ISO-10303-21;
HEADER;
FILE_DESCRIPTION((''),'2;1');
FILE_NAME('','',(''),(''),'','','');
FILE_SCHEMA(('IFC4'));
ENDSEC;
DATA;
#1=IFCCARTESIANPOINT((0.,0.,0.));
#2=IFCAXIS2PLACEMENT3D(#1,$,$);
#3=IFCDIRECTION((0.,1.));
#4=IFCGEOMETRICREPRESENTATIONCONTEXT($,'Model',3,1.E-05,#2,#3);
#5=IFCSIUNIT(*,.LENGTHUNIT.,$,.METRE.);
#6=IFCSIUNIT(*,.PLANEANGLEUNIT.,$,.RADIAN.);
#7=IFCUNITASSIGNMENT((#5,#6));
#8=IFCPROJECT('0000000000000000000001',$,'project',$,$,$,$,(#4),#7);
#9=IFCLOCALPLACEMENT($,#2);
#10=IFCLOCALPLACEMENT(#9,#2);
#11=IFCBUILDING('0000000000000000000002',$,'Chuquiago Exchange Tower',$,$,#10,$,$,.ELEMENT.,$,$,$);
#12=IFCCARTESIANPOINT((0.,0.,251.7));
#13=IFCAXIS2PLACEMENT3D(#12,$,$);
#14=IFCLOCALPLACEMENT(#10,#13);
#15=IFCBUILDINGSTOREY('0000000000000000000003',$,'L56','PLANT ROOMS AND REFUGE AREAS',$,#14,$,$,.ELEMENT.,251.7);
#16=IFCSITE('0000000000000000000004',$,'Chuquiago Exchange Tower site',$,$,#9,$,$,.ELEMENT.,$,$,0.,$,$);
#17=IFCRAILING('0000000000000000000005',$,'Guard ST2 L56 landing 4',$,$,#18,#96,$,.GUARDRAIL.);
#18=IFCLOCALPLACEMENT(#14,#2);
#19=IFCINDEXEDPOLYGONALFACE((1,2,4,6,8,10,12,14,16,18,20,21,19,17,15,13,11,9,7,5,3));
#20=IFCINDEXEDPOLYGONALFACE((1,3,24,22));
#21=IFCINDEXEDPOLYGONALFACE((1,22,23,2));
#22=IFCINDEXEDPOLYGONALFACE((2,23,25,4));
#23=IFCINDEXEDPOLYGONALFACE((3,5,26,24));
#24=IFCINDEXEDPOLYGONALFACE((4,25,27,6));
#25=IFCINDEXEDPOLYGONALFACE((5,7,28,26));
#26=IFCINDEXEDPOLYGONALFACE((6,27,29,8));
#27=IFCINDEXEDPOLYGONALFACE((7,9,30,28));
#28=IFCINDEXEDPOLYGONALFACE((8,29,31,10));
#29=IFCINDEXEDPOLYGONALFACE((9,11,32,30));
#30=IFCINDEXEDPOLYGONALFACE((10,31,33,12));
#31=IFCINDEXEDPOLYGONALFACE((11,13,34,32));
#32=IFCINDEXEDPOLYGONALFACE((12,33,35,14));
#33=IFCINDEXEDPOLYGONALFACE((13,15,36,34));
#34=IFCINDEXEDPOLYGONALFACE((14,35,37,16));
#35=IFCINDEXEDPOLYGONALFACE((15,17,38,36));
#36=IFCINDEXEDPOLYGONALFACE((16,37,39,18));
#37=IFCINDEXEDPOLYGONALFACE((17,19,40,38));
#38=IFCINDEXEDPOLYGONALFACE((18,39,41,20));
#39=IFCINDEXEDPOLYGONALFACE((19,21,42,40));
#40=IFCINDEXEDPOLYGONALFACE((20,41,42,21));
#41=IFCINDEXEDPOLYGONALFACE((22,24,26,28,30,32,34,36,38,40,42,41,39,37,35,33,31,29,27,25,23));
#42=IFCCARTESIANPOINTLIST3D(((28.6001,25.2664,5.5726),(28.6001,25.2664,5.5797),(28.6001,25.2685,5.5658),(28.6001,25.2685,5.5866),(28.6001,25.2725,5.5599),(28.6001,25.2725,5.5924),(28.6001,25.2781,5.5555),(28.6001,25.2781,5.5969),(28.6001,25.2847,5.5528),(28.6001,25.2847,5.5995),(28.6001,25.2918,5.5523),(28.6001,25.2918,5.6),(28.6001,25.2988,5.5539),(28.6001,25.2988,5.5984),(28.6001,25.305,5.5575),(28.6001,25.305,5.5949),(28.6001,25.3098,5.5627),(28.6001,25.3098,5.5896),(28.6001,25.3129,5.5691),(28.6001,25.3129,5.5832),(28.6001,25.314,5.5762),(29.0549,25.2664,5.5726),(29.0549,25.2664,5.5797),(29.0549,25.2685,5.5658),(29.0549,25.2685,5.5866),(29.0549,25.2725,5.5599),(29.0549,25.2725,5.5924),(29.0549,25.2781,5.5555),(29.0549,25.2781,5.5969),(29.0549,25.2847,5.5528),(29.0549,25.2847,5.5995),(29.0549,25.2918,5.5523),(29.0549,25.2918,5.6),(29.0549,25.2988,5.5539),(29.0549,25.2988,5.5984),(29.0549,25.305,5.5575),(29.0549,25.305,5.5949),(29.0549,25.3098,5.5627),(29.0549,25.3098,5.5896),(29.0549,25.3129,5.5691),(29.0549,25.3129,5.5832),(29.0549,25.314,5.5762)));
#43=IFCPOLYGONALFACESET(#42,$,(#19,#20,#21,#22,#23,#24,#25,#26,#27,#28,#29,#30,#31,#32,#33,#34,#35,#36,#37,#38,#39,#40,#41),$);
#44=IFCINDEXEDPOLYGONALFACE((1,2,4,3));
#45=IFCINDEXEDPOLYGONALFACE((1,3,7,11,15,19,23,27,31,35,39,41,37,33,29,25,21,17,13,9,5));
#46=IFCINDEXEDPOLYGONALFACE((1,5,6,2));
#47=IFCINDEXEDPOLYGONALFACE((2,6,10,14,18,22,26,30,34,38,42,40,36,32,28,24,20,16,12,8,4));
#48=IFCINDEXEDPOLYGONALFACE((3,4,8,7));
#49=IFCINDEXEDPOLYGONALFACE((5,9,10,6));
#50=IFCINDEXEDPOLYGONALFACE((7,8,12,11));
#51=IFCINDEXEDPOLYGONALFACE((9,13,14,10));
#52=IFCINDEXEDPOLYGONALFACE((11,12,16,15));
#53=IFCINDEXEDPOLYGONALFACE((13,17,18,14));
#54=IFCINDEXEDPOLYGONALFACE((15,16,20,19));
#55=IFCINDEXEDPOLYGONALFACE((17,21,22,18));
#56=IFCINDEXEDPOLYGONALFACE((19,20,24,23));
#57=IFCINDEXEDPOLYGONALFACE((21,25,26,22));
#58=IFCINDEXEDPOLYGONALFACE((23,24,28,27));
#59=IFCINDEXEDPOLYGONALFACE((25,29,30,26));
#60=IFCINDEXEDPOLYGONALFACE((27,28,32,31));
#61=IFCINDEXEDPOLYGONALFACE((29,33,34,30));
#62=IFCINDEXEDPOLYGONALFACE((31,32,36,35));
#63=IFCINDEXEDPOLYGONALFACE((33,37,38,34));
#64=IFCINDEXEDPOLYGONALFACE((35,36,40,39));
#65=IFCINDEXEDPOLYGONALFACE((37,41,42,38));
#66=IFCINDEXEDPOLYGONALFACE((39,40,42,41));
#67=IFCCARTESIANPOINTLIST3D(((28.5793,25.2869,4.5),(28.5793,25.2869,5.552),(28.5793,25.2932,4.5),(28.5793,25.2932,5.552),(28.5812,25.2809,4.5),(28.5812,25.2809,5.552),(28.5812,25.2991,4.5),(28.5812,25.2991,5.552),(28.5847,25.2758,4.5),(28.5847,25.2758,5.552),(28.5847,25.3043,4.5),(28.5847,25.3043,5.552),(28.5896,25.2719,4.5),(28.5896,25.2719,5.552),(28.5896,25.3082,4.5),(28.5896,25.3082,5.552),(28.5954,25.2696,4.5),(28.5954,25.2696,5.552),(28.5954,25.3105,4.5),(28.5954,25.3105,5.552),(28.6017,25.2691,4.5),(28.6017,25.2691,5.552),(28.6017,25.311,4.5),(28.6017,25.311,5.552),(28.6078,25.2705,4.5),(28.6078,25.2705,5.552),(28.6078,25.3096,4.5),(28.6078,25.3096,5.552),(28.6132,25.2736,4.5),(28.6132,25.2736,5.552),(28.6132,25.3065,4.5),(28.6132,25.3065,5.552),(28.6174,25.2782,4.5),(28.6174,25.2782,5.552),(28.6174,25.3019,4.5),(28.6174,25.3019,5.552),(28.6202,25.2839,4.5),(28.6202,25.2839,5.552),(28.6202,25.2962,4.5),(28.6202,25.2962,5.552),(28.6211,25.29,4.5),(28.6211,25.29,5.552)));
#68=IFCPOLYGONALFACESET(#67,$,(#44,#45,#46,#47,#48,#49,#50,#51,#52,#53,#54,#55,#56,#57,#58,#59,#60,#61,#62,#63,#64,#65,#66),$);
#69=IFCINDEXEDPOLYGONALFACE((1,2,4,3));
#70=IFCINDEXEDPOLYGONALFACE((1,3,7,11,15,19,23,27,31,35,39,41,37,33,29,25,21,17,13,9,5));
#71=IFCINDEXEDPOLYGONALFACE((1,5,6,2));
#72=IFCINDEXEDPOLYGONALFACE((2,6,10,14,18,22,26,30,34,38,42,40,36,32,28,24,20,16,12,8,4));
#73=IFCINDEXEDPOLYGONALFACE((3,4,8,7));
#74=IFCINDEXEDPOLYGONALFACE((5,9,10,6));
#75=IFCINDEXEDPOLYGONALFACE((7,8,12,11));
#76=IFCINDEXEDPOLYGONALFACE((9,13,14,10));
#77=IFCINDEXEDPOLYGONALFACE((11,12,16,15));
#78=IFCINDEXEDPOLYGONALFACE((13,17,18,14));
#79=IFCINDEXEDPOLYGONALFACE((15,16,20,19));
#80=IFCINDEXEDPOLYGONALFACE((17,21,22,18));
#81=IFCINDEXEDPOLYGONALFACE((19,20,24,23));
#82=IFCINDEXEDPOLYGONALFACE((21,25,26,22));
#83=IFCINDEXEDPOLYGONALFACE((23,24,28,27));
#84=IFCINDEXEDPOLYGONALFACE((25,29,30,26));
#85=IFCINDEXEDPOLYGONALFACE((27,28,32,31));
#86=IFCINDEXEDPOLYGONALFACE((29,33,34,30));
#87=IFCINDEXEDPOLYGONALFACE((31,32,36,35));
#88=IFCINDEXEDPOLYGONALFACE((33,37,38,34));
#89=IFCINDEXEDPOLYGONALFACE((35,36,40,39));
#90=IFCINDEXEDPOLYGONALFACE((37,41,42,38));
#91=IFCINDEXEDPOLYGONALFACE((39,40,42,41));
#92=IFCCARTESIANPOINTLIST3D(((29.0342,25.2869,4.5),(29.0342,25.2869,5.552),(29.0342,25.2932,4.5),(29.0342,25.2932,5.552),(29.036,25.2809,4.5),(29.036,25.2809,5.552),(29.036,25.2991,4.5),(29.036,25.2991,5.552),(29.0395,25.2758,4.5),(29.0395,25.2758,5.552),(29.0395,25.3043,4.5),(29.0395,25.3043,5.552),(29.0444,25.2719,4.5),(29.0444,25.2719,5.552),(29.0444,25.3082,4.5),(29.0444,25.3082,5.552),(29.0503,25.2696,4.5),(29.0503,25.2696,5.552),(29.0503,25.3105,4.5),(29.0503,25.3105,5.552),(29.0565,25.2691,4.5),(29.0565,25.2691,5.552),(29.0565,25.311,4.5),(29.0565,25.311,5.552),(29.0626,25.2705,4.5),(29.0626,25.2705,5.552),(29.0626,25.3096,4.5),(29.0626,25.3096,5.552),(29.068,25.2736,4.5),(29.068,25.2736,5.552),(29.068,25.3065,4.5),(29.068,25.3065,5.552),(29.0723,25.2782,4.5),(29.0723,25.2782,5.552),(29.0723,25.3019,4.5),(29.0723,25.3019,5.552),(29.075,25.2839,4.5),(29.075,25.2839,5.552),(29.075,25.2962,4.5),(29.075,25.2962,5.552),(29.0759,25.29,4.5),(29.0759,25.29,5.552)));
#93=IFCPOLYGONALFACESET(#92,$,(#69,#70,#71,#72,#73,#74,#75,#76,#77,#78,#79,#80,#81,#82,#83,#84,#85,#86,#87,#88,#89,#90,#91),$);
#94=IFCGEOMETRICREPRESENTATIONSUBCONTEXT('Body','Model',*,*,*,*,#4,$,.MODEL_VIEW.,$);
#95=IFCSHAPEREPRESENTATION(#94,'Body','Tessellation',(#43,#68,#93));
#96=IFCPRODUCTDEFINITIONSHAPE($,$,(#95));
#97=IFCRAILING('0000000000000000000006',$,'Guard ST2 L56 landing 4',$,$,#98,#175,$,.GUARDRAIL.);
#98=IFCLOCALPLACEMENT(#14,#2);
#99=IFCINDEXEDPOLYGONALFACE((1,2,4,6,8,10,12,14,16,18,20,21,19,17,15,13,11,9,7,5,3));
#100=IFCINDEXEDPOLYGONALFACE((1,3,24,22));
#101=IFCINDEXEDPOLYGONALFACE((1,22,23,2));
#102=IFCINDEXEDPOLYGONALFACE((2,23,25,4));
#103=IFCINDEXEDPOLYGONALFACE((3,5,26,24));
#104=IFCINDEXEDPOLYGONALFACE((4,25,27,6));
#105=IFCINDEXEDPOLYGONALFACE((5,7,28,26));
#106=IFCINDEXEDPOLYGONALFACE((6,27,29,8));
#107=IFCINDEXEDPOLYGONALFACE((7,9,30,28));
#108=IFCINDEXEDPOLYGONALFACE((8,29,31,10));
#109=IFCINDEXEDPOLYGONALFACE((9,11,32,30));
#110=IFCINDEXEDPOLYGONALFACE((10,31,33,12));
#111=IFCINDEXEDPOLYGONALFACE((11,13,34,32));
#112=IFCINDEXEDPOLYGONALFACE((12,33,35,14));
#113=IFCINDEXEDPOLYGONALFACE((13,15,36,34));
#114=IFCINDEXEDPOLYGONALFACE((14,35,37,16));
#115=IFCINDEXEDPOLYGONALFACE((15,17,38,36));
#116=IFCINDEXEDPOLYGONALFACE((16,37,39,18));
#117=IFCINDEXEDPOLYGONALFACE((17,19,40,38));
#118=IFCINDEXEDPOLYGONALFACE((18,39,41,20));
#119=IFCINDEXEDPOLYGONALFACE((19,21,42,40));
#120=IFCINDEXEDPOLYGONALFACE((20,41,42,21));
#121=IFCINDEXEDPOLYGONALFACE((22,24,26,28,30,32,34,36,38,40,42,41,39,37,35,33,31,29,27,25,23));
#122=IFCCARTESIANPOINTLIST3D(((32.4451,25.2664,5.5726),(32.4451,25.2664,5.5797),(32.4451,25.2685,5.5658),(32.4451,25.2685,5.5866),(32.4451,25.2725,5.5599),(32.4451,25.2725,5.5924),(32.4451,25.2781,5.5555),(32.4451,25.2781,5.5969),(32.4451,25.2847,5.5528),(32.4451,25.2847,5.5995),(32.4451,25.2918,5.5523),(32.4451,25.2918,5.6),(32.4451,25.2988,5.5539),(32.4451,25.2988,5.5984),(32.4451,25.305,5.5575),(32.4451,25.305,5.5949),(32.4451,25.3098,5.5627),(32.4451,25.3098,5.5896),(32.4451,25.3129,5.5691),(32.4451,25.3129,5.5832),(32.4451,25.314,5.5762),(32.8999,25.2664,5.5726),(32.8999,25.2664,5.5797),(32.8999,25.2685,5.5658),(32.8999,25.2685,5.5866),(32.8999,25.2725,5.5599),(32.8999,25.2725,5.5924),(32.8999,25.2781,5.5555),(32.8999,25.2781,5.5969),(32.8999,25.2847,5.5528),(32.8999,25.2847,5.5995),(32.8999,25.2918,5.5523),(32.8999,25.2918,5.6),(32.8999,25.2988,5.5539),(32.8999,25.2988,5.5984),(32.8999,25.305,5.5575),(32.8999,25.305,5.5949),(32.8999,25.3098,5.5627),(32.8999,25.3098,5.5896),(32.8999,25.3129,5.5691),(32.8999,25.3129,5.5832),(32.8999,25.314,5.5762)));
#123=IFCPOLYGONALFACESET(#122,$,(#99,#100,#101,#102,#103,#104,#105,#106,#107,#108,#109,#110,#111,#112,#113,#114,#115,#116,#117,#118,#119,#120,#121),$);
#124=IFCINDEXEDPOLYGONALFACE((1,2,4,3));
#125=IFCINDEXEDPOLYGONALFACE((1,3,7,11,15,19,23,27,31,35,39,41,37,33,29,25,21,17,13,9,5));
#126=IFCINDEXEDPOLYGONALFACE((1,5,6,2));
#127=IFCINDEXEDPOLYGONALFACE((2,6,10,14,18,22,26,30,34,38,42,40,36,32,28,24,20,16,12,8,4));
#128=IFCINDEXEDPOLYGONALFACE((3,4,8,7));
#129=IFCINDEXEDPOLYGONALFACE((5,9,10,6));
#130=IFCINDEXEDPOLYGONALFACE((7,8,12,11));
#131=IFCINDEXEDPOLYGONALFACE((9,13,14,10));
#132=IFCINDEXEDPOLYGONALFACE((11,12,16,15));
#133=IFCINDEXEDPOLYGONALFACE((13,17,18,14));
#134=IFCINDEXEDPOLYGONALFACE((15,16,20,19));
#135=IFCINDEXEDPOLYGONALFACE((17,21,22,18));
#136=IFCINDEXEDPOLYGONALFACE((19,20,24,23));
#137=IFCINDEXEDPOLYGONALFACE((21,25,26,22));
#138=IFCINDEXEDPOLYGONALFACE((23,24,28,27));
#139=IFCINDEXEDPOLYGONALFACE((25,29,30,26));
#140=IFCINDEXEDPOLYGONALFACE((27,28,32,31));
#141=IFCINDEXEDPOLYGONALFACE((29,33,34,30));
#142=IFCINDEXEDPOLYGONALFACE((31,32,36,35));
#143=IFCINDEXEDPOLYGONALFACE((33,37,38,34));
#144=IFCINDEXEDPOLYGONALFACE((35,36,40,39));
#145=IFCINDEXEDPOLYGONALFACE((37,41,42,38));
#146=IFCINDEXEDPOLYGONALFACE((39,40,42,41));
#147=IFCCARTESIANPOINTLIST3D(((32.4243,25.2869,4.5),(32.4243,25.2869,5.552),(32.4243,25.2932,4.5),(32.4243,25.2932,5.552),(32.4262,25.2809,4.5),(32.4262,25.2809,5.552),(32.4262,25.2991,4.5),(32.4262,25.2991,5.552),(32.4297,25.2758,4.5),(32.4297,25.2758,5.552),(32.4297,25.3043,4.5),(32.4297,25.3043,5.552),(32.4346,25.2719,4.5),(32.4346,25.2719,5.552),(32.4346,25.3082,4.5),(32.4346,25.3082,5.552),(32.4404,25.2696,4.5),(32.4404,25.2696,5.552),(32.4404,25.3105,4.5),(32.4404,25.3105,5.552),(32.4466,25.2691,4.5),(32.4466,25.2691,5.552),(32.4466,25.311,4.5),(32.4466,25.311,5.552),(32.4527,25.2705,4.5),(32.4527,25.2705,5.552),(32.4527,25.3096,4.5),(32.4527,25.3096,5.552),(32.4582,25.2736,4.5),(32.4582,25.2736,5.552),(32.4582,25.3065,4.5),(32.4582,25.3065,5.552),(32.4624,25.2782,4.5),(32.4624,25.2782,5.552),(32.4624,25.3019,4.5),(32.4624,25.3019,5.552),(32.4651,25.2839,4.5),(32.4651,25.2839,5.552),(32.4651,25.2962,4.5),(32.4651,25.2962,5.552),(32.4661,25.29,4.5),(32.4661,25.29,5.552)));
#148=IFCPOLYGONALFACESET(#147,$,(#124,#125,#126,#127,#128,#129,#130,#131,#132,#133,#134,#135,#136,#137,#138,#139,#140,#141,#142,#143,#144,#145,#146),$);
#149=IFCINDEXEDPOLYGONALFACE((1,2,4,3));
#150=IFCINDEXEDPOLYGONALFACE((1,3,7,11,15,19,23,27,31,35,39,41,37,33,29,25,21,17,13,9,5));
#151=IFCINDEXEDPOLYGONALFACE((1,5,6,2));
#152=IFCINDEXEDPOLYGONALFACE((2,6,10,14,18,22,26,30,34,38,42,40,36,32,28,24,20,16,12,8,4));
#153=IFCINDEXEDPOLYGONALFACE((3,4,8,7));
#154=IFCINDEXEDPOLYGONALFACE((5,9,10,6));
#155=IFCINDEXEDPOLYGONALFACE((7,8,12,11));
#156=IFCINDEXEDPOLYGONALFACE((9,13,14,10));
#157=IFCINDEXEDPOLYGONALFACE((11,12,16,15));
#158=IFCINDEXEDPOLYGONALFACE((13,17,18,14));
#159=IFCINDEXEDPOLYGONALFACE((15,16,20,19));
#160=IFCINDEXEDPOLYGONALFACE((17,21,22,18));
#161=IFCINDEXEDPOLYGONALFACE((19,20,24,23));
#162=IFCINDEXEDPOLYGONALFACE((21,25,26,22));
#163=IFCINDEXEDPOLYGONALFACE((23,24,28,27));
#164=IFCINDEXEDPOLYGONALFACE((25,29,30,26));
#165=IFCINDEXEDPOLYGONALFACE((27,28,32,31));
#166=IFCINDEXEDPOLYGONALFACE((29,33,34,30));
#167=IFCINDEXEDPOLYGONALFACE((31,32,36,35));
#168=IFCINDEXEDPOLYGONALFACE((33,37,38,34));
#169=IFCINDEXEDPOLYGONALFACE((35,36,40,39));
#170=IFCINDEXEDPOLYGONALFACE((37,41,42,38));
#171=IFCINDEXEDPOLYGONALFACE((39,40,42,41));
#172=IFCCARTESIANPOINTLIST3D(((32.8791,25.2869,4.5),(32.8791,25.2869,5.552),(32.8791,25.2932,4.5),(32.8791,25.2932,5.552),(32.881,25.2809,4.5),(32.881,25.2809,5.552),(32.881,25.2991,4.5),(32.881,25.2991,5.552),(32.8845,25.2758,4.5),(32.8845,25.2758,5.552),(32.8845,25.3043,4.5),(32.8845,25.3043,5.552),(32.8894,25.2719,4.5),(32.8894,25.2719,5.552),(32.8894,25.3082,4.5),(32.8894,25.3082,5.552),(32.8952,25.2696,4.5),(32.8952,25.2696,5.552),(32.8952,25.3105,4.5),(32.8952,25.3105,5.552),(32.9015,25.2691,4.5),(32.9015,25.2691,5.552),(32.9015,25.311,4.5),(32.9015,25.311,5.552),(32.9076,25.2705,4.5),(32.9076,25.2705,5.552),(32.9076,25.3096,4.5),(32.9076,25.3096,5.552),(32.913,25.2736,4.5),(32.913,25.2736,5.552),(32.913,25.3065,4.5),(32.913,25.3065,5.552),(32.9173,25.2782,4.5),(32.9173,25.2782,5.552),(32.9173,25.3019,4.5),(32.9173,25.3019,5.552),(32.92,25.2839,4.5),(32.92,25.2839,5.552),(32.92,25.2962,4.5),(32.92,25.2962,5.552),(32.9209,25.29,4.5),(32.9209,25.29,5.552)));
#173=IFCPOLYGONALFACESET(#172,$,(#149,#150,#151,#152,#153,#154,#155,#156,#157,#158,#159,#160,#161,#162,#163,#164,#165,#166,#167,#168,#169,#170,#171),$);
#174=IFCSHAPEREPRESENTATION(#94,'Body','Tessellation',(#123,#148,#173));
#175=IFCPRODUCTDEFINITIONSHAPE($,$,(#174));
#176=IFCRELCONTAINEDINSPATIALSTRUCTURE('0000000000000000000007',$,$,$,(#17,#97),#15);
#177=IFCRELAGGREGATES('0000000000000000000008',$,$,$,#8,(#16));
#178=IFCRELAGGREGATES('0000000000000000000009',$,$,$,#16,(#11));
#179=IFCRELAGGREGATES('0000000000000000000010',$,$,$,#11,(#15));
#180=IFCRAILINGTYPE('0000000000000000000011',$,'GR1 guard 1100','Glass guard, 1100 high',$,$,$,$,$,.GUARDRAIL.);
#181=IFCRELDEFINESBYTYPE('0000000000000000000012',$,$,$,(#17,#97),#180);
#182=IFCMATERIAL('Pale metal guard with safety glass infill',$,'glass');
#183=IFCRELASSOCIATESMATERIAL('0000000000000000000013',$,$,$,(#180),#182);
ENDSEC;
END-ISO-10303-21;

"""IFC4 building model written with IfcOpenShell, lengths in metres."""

from ifc_helpers import new_model, si_unit, direction, frame, origin, origin_2d, place, context, subcontext, project, spatial, circle, extrude, material, type_object, element, save


model = new_model("IFC4")

# Units and contexts
model_context = context("Model", 3, precision=1e-05, world=origin(), true_north=direction((0.0, 1.0)))
body_context = subcontext(model_context, "Body", "Model", "MODEL_VIEW")
ifc_project = project(units=[si_unit("LENGTHUNIT", "METRE"), si_unit("PLANEANGLEUNIT", "RADIAN")], contexts=[model_context])

# Site, building, storey
site_placement = place(None, origin())
site = spatial("IfcSite", under=ifc_project, at=site_placement, Name="Chuquiago Exchange Tower site", CompositionType="ELEMENT", RefElevation=0.0)
building_placement = place(site_placement, origin())
building = spatial("IfcBuilding", under=site, at=building_placement, Name="Chuquiago Exchange Tower", CompositionType="ELEMENT")
storey_placement = place(building_placement, frame((0.0, 0.0, 251.7)))
storey = spatial("IfcBuildingStorey", under=building, at=storey_placement, Name="L56", Description="PLANT ROOMS AND REFUGE AREAS", CompositionType="ELEMENT", Elevation=251.7)

# Railings
ifc_material_1 = material(Name="Pale metal guard with safety glass infill", Category="glass")
railing_type_1 = type_object("IfcRailingType", Name="GR1 guard 1100", Description="Glass guard, 1100 high", PredefinedType="GUARDRAIL", material=ifc_material_1)
for number, where, name in (
    (1, (28.6001, 25.29, 4.5), "Guard ST2 L56 landing 4"),
    (2, (32.4451, 25.29, 4.5), "Guard ST2 L56 landing 4"),
):
    element("IfcRailing", number, at=place(storey_placement, frame(where)), inside=storey, type_object=railing_type_1, Name=name, PredefinedType="GUARDRAIL", context=body_context, shape_type="SweptSolid", body=[
        extrude(circle(Radius=0.0239, at=origin_2d()), frame((0.0, 0.0, 1.0762), z_axis=(1.0, 0.0, 0.0), x_axis=(0.0, 1.0, 0.0)), (0.0, 0.0, 1.0), 0.4548),
        extrude(circle(Radius=0.021, at=origin_2d()), origin(), (0.0, 0.0, 1.0), 1.052),
        extrude(circle(Radius=0.021, at=origin_2d()), frame((0.4548, 0.0, 0.0)), (0.0, 0.0, 1.0), 1.052),
    ])

save(model, "model.ifc")
